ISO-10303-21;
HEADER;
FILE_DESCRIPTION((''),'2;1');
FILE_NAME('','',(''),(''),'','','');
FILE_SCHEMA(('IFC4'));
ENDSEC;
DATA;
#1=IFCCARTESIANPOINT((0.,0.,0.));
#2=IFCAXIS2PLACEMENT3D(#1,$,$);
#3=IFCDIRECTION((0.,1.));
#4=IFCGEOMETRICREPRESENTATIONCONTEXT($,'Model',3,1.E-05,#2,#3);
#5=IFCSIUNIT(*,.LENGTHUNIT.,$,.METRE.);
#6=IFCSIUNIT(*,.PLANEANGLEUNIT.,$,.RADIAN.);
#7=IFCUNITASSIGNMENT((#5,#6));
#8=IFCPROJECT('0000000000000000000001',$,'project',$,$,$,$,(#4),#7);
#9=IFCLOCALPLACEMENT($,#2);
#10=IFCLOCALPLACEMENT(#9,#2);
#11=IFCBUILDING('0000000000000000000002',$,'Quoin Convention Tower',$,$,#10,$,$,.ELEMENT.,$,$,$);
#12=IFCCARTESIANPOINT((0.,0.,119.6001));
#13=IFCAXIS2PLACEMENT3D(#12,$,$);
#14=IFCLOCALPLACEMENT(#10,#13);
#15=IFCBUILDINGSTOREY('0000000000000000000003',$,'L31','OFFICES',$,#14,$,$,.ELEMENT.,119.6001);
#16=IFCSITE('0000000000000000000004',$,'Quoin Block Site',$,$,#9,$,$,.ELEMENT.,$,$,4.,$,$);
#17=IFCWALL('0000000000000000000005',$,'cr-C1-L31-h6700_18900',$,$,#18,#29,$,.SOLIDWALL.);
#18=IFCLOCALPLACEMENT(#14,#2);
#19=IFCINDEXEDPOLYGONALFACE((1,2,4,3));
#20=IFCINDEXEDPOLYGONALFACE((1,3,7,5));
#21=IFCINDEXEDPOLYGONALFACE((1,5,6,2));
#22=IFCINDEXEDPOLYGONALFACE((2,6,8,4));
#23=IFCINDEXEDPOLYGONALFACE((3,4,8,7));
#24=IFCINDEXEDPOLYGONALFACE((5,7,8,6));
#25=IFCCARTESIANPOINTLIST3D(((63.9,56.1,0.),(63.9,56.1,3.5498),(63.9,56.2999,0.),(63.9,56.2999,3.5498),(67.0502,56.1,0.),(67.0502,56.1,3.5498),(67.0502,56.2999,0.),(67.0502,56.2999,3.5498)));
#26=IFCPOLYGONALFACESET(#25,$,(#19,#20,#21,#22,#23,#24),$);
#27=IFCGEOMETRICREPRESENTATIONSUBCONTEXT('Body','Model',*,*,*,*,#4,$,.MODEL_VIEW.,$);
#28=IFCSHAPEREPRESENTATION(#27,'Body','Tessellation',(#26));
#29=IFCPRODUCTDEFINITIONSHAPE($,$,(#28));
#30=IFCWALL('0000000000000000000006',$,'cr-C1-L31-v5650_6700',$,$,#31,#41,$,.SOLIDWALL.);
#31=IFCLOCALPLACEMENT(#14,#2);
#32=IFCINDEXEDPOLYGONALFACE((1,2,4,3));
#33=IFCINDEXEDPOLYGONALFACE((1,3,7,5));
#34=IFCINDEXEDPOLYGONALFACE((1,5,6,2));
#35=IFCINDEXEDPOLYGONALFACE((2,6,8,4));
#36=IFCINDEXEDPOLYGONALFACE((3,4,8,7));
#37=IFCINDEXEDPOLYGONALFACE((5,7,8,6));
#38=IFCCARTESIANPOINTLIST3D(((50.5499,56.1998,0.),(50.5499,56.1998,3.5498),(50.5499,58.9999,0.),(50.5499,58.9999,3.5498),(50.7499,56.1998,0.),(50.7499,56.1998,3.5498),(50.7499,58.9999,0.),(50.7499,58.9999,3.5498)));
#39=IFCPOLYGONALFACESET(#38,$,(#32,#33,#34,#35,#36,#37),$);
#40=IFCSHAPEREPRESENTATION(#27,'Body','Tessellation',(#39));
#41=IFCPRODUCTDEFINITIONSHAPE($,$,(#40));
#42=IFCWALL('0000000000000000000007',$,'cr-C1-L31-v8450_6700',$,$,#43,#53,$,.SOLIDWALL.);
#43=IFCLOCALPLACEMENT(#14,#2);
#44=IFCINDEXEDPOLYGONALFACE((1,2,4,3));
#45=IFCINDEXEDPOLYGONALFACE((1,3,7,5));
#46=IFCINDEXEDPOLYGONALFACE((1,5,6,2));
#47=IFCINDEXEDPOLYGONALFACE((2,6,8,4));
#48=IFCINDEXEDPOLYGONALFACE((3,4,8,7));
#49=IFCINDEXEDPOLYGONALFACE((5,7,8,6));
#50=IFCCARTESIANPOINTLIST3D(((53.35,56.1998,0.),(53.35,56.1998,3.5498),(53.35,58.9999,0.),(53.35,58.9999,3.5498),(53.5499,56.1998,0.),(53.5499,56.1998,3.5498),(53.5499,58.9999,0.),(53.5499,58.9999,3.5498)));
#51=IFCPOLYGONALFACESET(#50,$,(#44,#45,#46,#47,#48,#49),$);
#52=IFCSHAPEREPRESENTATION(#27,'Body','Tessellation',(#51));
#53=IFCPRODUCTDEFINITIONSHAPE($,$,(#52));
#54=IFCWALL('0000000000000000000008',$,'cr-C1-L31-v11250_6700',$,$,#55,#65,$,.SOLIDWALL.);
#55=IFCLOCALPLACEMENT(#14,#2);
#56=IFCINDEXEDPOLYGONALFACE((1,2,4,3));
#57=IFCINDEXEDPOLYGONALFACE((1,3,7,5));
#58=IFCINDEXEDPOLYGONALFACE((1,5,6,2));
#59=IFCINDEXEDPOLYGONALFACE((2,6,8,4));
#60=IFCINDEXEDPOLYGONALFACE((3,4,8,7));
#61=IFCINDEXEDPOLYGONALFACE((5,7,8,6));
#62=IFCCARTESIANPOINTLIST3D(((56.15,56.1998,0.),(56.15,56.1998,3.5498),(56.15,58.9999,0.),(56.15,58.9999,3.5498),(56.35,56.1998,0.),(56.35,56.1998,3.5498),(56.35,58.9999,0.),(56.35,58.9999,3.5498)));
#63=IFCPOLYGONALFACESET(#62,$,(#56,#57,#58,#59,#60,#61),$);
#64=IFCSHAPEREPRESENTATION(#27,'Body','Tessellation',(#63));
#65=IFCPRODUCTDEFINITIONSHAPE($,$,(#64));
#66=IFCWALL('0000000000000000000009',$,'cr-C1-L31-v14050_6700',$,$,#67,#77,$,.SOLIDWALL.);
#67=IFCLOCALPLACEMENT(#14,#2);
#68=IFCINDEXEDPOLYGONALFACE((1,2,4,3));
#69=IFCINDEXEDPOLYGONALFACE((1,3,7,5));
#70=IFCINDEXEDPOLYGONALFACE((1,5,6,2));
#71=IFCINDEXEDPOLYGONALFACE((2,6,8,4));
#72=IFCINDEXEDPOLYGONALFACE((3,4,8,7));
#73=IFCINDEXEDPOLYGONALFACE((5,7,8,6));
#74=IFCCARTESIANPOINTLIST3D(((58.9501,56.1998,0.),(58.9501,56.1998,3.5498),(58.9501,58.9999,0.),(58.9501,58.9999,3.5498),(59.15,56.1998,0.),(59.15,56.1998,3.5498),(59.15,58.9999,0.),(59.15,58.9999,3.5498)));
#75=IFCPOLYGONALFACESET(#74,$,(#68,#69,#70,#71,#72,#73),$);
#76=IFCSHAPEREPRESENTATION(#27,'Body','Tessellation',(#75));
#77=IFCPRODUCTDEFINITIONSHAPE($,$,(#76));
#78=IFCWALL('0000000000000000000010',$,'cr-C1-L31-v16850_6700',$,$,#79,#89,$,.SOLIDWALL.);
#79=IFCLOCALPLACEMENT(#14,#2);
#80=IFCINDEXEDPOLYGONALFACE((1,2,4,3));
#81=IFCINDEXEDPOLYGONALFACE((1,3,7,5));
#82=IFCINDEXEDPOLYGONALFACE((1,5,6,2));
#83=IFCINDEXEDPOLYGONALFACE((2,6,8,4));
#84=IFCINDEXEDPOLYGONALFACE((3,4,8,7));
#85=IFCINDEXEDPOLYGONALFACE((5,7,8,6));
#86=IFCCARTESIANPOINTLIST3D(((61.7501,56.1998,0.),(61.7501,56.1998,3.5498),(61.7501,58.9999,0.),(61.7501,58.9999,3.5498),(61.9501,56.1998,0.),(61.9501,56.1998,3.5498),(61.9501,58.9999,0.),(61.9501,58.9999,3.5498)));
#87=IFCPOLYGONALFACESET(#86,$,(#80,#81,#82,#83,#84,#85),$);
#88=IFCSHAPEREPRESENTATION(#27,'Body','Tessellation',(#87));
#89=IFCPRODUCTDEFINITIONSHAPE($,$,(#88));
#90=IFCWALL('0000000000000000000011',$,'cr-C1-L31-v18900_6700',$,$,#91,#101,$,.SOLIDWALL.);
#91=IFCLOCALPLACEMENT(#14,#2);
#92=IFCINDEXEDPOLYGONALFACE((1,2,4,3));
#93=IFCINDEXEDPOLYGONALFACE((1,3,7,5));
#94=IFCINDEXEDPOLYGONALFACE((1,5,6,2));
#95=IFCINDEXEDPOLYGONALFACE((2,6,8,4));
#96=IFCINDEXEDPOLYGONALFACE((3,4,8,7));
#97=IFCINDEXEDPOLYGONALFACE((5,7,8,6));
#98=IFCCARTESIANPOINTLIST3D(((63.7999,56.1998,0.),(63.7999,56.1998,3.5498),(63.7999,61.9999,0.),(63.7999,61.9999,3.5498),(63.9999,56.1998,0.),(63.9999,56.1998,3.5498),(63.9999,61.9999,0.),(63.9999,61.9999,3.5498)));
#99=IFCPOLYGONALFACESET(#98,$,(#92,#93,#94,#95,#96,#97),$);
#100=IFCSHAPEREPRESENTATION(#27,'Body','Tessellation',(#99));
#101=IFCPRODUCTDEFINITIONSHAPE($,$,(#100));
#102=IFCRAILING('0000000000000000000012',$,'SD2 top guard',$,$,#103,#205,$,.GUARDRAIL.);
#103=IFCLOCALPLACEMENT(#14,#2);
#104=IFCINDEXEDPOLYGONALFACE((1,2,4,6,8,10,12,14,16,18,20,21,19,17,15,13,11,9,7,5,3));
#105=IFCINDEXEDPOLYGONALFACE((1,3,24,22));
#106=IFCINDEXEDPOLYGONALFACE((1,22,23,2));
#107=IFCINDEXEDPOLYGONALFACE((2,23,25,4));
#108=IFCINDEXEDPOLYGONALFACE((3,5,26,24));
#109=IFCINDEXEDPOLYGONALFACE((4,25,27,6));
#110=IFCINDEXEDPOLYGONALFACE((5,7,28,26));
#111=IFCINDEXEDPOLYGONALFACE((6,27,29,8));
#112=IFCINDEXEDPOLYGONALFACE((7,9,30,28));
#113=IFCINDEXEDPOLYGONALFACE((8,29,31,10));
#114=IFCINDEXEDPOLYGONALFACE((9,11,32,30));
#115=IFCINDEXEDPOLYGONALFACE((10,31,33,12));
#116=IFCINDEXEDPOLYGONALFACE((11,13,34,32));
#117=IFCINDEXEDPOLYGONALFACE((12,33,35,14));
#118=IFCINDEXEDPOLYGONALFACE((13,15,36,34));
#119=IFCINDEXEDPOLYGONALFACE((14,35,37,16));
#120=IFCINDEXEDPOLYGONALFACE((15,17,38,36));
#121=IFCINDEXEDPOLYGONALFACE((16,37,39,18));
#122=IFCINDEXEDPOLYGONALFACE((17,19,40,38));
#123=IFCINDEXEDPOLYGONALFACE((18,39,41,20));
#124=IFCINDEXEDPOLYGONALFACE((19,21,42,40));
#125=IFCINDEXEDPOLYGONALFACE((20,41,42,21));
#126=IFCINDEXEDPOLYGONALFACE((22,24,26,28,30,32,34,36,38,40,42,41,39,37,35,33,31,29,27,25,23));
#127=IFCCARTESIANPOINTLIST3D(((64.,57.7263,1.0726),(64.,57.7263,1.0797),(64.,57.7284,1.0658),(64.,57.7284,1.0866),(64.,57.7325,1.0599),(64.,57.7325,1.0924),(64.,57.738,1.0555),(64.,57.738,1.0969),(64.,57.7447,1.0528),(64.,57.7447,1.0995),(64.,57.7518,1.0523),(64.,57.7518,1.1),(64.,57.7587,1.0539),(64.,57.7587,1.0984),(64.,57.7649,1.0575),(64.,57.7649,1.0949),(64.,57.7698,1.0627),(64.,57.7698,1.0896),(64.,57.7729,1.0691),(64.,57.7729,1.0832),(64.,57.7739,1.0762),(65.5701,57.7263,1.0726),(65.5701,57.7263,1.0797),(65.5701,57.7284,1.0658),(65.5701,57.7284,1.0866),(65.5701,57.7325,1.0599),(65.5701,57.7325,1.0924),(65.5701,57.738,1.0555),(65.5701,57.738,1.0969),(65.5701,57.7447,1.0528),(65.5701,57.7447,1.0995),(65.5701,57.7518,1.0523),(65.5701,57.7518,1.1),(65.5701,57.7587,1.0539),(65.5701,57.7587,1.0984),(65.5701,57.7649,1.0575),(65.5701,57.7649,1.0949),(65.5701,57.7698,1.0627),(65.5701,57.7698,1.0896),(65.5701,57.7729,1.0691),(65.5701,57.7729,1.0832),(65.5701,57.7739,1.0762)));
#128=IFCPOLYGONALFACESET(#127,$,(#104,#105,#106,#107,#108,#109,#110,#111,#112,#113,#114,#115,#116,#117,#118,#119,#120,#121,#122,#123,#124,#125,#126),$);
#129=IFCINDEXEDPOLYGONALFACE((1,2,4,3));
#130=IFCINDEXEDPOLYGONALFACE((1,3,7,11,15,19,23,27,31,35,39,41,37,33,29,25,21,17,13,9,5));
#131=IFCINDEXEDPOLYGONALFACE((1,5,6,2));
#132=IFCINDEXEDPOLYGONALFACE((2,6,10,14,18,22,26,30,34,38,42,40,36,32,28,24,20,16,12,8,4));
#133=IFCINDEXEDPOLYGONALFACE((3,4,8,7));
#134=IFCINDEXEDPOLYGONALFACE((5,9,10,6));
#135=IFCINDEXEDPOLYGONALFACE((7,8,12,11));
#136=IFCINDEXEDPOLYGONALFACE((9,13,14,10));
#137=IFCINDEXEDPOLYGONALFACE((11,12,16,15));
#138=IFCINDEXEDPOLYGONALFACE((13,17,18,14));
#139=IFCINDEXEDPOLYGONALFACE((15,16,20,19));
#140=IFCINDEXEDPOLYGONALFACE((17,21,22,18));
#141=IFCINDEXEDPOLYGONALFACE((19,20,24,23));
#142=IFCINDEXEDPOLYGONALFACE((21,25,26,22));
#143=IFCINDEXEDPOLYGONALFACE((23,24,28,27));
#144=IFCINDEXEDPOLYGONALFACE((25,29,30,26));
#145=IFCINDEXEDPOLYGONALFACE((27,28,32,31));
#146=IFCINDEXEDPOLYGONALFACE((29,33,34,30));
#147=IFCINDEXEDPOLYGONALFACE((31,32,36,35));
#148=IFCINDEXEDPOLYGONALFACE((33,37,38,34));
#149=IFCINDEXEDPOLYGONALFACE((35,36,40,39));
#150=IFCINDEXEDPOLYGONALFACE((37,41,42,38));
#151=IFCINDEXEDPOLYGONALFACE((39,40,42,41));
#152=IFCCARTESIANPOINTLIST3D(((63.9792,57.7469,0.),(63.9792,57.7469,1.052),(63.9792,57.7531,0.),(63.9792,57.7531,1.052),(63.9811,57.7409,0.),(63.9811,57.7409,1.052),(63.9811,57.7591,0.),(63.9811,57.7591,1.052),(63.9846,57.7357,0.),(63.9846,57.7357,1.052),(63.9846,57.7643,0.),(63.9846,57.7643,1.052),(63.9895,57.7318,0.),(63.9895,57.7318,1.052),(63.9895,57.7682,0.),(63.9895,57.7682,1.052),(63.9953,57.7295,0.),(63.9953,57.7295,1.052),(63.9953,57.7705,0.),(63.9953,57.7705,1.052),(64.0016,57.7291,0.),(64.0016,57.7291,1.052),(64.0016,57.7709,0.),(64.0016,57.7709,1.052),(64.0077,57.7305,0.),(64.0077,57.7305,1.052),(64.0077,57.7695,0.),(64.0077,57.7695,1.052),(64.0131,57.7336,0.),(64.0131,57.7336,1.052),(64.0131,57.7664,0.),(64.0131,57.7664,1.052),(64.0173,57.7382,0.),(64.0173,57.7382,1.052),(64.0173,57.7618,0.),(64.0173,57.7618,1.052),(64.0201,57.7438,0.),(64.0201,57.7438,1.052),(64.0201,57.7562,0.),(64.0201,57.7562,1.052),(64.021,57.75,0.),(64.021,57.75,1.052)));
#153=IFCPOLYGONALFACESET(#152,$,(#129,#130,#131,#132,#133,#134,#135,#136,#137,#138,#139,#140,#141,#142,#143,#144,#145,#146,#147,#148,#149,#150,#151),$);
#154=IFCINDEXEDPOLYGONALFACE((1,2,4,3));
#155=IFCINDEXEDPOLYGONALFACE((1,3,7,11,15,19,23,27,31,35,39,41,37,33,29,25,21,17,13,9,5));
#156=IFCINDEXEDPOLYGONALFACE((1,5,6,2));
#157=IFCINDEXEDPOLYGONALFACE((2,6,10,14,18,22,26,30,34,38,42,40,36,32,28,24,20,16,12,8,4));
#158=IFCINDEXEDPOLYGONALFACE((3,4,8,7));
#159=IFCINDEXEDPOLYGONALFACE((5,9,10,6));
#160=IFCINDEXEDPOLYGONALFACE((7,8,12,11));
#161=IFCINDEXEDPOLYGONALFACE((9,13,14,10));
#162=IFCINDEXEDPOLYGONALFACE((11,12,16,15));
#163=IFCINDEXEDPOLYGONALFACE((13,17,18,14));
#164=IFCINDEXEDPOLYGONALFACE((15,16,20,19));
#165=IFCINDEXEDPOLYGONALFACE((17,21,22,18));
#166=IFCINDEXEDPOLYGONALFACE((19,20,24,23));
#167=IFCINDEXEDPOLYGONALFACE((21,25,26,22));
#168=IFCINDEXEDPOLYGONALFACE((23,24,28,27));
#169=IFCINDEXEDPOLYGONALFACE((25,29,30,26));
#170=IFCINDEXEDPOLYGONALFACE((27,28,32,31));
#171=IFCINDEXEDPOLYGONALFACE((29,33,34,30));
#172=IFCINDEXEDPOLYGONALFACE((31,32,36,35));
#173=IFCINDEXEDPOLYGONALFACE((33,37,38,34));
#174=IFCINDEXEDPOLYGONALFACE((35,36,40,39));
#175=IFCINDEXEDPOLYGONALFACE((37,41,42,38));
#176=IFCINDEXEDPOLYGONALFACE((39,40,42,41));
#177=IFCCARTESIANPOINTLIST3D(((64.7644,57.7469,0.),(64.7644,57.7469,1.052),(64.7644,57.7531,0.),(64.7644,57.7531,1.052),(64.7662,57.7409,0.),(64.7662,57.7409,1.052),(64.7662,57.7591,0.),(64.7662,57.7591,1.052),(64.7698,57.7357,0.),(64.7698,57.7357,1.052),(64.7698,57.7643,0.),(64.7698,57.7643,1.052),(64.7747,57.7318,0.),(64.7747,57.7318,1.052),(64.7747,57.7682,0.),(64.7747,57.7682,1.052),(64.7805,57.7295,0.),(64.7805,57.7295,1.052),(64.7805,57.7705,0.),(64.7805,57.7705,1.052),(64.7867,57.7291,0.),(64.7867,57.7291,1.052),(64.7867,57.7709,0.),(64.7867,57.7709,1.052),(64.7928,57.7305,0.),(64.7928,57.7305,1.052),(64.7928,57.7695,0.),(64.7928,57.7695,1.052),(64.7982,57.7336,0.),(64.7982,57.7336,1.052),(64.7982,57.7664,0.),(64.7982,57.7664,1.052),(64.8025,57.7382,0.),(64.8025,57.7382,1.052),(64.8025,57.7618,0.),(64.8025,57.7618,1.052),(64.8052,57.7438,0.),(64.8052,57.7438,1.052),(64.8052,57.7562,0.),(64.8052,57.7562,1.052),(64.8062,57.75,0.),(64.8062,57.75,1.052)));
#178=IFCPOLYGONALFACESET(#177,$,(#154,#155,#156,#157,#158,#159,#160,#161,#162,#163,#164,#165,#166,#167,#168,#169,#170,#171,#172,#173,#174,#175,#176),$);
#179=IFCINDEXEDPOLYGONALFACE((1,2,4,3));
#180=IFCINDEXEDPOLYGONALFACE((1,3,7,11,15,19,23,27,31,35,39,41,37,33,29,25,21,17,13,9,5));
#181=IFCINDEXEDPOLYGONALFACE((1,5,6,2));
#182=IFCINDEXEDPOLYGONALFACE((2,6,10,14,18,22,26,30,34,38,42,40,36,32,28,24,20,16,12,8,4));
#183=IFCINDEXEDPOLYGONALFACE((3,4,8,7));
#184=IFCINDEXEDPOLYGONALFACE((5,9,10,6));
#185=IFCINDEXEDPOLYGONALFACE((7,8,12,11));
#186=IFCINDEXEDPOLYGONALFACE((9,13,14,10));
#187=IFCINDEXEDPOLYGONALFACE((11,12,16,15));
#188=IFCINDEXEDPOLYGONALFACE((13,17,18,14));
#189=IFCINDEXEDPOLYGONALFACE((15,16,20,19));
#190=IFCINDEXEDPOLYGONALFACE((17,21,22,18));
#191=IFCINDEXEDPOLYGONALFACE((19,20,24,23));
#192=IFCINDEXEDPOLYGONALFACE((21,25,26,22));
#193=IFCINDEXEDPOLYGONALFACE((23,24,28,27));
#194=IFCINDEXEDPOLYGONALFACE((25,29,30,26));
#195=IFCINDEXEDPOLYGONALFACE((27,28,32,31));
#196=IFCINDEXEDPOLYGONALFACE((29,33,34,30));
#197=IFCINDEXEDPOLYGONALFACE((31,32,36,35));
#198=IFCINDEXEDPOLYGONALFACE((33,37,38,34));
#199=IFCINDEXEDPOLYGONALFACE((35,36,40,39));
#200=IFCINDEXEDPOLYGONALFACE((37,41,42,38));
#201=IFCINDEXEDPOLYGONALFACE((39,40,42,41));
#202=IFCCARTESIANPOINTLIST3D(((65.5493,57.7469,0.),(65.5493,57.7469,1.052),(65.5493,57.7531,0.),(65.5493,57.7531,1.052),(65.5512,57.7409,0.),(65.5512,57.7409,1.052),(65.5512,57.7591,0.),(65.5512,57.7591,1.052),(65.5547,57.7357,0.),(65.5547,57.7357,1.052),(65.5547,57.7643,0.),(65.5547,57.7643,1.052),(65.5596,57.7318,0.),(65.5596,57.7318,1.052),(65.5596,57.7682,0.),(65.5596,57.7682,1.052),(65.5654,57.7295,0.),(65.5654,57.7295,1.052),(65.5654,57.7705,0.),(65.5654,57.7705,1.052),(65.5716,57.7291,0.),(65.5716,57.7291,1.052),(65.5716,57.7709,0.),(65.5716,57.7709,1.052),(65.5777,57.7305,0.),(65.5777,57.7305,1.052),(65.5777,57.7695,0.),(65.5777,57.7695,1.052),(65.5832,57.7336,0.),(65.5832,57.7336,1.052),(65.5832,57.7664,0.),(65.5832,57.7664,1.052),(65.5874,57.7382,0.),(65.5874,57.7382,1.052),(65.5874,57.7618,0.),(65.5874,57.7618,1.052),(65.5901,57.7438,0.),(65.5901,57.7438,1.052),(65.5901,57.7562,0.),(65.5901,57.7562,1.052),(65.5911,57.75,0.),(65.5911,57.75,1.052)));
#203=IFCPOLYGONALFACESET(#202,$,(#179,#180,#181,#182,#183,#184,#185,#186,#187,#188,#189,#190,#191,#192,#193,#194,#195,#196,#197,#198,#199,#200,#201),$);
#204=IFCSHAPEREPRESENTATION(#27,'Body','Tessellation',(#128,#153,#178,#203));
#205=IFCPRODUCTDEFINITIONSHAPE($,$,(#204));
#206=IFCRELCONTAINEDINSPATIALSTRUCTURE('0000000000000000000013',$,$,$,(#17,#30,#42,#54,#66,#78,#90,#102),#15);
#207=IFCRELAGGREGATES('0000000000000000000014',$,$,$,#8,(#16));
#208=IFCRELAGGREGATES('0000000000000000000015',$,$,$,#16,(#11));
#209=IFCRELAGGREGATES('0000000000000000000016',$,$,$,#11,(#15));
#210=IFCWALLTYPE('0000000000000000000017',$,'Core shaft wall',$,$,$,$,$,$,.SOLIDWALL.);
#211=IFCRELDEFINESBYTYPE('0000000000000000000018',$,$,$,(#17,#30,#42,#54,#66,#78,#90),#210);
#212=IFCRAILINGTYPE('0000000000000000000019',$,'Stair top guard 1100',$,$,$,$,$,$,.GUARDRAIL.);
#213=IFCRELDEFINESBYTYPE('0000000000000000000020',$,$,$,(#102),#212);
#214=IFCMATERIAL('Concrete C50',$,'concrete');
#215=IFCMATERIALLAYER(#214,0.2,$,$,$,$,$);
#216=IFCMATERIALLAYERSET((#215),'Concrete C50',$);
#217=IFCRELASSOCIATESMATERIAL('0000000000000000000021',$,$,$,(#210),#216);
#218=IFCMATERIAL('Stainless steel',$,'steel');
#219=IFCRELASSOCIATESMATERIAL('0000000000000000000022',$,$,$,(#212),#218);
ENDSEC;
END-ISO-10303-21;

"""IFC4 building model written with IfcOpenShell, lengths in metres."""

from ifc_helpers import new_model, si_unit, direction, frame, frame_2d, origin, origin_2d, place, context, subcontext, project, spatial, rectangle, circle, extrude, material, layer, layer_set, type_object, element, save


model = new_model("IFC4")

# Units and contexts
model_context = context("Model", 3, precision=1e-05, world=origin(), true_north=direction((0.0, 1.0)))
body_context = subcontext(model_context, "Body", "Model", "MODEL_VIEW")
ifc_project = project(units=[si_unit("LENGTHUNIT", "METRE"), si_unit("PLANEANGLEUNIT", "RADIAN")], contexts=[model_context])

# Site, building, storey
site_placement = place(None, origin())
site = spatial("IfcSite", under=ifc_project, at=site_placement, Name="Quoin Block Site", CompositionType="ELEMENT", RefElevation=4.0)
building_placement = place(site_placement, origin())
building = spatial("IfcBuilding", under=site, at=building_placement, Name="Quoin Convention Tower", CompositionType="ELEMENT")
storey_placement = place(building_placement, frame((0.0, 0.0, 119.6001)))
storey = spatial("IfcBuildingStorey", under=building, at=storey_placement, Name="L31", Description="OFFICES", CompositionType="ELEMENT", Elevation=119.6001)

# Shared definitions
ifc_material_1 = material(Name="Concrete C50", Category="concrete")
ifc_layer_1 = layer(ifc_material_1, 0.2)
ifc_layer_set_1 = layer_set([ifc_layer_1], Name="Concrete C50")
wall_type_1 = type_object("IfcWallType", Name="Core shaft wall", PredefinedType="SOLIDWALL", material=ifc_layer_set_1)

# Walls
wall_1_placement = place(storey_placement, frame((63.8999, 56.2, 0.0), z_axis=(0.0, 0.0, 1.0), x_axis=(1.0, 0.0, 0.0)))
element("IfcWall", 1, at=wall_1_placement, inside=storey, type_object=wall_type_1, Name="cr-C1-L31-h6700_18900", PredefinedType="SOLIDWALL", context=body_context, shape_type="SweptSolid", body=[
    extrude(rectangle(XDim=3.1501, YDim=0.2, at=frame_2d((1.5752, 0.0))), origin(), (0.0, 0.0, 1.0), 3.5498),
])
for number, where, z_axis, x_axis, name in (
    (2, (50.6499, 56.2, 0.0), (0.0, 0.0, 1.0), (0.0, 1.0, 0.0), "cr-C1-L31-v5650_6700"),
    (3, (53.45, 56.2, 0.0), (0.0, 0.0, 1.0), (0.0, 1.0, 0.0), "cr-C1-L31-v8450_6700"),
    (4, (56.25, 56.2, 0.0), (0.0, 0.0, 1.0), (0.0, 1.0, 0.0), "cr-C1-L31-v11250_6700"),
    (5, (59.05, 56.2, 0.0), (0.0, 0.0, 1.0), (0.0, 1.0, 0.0), "cr-C1-L31-v14050_6700"),
    (6, (61.8501, 56.2, 0.0), (0.0, 0.0, 1.0), (0.0, 1.0, 0.0), "cr-C1-L31-v16850_6700"),
):
    element("IfcWall", number, at=place(storey_placement, frame(where, z_axis=z_axis, x_axis=x_axis)), inside=storey, type_object=wall_type_1, Name=name, PredefinedType="SOLIDWALL", context=body_context, shape_type="SweptSolid", body=[
        extrude(rectangle(XDim=2.8, YDim=0.2, at=frame_2d((1.3999, 0.0))), origin(), (0.0, 0.0, 1.0), 3.5498),
    ])
wall_2_placement = place(storey_placement, frame((63.8999, 56.2, 0.0), z_axis=(0.0, 0.0, 1.0), x_axis=(0.0, 1.0, 0.0)))
element("IfcWall", 7, at=wall_2_placement, inside=storey, type_object=wall_type_1, Name="cr-C1-L31-v18900_6700", PredefinedType="SOLIDWALL", context=body_context, shape_type="SweptSolid", body=[
    extrude(rectangle(XDim=5.8, YDim=0.2, at=frame_2d((2.8999, 0.0))), origin(), (0.0, 0.0, 1.0), 3.5498),
])

# Railing
ifc_material_2 = material(Name="Stainless steel", Category="steel")
railing_type = type_object("IfcRailingType", Name="Stair top guard 1100", PredefinedType="GUARDRAIL", material=ifc_material_2)
railing_placement = place(storey_placement, frame((64.0, 57.75, 0.0)))
element("IfcRailing", 8, at=railing_placement, inside=storey, type_object=railing_type, Name="SD2 top guard", PredefinedType="GUARDRAIL", context=body_context, shape_type="SweptSolid", body=[
    extrude(circle(Radius=0.0239, at=origin_2d()), frame((0.0, 0.0, 1.0762), z_axis=(1.0, 0.0, 0.0), x_axis=(0.0, 1.0, 0.0)), (0.0, 0.0, 1.0), 1.5701),
    extrude(circle(Radius=0.021, at=origin_2d()), origin(), (0.0, 0.0, 1.0), 1.052),
    extrude(circle(Radius=0.021, at=origin_2d()), frame((0.7852, 0.0, 0.0)), (0.0, 0.0, 1.0), 1.052),
    extrude(circle(Radius=0.021, at=origin_2d()), frame((1.5701, 0.0, 0.0)), (0.0, 0.0, 1.0), 1.052),
])

save(model, "model.ifc")
